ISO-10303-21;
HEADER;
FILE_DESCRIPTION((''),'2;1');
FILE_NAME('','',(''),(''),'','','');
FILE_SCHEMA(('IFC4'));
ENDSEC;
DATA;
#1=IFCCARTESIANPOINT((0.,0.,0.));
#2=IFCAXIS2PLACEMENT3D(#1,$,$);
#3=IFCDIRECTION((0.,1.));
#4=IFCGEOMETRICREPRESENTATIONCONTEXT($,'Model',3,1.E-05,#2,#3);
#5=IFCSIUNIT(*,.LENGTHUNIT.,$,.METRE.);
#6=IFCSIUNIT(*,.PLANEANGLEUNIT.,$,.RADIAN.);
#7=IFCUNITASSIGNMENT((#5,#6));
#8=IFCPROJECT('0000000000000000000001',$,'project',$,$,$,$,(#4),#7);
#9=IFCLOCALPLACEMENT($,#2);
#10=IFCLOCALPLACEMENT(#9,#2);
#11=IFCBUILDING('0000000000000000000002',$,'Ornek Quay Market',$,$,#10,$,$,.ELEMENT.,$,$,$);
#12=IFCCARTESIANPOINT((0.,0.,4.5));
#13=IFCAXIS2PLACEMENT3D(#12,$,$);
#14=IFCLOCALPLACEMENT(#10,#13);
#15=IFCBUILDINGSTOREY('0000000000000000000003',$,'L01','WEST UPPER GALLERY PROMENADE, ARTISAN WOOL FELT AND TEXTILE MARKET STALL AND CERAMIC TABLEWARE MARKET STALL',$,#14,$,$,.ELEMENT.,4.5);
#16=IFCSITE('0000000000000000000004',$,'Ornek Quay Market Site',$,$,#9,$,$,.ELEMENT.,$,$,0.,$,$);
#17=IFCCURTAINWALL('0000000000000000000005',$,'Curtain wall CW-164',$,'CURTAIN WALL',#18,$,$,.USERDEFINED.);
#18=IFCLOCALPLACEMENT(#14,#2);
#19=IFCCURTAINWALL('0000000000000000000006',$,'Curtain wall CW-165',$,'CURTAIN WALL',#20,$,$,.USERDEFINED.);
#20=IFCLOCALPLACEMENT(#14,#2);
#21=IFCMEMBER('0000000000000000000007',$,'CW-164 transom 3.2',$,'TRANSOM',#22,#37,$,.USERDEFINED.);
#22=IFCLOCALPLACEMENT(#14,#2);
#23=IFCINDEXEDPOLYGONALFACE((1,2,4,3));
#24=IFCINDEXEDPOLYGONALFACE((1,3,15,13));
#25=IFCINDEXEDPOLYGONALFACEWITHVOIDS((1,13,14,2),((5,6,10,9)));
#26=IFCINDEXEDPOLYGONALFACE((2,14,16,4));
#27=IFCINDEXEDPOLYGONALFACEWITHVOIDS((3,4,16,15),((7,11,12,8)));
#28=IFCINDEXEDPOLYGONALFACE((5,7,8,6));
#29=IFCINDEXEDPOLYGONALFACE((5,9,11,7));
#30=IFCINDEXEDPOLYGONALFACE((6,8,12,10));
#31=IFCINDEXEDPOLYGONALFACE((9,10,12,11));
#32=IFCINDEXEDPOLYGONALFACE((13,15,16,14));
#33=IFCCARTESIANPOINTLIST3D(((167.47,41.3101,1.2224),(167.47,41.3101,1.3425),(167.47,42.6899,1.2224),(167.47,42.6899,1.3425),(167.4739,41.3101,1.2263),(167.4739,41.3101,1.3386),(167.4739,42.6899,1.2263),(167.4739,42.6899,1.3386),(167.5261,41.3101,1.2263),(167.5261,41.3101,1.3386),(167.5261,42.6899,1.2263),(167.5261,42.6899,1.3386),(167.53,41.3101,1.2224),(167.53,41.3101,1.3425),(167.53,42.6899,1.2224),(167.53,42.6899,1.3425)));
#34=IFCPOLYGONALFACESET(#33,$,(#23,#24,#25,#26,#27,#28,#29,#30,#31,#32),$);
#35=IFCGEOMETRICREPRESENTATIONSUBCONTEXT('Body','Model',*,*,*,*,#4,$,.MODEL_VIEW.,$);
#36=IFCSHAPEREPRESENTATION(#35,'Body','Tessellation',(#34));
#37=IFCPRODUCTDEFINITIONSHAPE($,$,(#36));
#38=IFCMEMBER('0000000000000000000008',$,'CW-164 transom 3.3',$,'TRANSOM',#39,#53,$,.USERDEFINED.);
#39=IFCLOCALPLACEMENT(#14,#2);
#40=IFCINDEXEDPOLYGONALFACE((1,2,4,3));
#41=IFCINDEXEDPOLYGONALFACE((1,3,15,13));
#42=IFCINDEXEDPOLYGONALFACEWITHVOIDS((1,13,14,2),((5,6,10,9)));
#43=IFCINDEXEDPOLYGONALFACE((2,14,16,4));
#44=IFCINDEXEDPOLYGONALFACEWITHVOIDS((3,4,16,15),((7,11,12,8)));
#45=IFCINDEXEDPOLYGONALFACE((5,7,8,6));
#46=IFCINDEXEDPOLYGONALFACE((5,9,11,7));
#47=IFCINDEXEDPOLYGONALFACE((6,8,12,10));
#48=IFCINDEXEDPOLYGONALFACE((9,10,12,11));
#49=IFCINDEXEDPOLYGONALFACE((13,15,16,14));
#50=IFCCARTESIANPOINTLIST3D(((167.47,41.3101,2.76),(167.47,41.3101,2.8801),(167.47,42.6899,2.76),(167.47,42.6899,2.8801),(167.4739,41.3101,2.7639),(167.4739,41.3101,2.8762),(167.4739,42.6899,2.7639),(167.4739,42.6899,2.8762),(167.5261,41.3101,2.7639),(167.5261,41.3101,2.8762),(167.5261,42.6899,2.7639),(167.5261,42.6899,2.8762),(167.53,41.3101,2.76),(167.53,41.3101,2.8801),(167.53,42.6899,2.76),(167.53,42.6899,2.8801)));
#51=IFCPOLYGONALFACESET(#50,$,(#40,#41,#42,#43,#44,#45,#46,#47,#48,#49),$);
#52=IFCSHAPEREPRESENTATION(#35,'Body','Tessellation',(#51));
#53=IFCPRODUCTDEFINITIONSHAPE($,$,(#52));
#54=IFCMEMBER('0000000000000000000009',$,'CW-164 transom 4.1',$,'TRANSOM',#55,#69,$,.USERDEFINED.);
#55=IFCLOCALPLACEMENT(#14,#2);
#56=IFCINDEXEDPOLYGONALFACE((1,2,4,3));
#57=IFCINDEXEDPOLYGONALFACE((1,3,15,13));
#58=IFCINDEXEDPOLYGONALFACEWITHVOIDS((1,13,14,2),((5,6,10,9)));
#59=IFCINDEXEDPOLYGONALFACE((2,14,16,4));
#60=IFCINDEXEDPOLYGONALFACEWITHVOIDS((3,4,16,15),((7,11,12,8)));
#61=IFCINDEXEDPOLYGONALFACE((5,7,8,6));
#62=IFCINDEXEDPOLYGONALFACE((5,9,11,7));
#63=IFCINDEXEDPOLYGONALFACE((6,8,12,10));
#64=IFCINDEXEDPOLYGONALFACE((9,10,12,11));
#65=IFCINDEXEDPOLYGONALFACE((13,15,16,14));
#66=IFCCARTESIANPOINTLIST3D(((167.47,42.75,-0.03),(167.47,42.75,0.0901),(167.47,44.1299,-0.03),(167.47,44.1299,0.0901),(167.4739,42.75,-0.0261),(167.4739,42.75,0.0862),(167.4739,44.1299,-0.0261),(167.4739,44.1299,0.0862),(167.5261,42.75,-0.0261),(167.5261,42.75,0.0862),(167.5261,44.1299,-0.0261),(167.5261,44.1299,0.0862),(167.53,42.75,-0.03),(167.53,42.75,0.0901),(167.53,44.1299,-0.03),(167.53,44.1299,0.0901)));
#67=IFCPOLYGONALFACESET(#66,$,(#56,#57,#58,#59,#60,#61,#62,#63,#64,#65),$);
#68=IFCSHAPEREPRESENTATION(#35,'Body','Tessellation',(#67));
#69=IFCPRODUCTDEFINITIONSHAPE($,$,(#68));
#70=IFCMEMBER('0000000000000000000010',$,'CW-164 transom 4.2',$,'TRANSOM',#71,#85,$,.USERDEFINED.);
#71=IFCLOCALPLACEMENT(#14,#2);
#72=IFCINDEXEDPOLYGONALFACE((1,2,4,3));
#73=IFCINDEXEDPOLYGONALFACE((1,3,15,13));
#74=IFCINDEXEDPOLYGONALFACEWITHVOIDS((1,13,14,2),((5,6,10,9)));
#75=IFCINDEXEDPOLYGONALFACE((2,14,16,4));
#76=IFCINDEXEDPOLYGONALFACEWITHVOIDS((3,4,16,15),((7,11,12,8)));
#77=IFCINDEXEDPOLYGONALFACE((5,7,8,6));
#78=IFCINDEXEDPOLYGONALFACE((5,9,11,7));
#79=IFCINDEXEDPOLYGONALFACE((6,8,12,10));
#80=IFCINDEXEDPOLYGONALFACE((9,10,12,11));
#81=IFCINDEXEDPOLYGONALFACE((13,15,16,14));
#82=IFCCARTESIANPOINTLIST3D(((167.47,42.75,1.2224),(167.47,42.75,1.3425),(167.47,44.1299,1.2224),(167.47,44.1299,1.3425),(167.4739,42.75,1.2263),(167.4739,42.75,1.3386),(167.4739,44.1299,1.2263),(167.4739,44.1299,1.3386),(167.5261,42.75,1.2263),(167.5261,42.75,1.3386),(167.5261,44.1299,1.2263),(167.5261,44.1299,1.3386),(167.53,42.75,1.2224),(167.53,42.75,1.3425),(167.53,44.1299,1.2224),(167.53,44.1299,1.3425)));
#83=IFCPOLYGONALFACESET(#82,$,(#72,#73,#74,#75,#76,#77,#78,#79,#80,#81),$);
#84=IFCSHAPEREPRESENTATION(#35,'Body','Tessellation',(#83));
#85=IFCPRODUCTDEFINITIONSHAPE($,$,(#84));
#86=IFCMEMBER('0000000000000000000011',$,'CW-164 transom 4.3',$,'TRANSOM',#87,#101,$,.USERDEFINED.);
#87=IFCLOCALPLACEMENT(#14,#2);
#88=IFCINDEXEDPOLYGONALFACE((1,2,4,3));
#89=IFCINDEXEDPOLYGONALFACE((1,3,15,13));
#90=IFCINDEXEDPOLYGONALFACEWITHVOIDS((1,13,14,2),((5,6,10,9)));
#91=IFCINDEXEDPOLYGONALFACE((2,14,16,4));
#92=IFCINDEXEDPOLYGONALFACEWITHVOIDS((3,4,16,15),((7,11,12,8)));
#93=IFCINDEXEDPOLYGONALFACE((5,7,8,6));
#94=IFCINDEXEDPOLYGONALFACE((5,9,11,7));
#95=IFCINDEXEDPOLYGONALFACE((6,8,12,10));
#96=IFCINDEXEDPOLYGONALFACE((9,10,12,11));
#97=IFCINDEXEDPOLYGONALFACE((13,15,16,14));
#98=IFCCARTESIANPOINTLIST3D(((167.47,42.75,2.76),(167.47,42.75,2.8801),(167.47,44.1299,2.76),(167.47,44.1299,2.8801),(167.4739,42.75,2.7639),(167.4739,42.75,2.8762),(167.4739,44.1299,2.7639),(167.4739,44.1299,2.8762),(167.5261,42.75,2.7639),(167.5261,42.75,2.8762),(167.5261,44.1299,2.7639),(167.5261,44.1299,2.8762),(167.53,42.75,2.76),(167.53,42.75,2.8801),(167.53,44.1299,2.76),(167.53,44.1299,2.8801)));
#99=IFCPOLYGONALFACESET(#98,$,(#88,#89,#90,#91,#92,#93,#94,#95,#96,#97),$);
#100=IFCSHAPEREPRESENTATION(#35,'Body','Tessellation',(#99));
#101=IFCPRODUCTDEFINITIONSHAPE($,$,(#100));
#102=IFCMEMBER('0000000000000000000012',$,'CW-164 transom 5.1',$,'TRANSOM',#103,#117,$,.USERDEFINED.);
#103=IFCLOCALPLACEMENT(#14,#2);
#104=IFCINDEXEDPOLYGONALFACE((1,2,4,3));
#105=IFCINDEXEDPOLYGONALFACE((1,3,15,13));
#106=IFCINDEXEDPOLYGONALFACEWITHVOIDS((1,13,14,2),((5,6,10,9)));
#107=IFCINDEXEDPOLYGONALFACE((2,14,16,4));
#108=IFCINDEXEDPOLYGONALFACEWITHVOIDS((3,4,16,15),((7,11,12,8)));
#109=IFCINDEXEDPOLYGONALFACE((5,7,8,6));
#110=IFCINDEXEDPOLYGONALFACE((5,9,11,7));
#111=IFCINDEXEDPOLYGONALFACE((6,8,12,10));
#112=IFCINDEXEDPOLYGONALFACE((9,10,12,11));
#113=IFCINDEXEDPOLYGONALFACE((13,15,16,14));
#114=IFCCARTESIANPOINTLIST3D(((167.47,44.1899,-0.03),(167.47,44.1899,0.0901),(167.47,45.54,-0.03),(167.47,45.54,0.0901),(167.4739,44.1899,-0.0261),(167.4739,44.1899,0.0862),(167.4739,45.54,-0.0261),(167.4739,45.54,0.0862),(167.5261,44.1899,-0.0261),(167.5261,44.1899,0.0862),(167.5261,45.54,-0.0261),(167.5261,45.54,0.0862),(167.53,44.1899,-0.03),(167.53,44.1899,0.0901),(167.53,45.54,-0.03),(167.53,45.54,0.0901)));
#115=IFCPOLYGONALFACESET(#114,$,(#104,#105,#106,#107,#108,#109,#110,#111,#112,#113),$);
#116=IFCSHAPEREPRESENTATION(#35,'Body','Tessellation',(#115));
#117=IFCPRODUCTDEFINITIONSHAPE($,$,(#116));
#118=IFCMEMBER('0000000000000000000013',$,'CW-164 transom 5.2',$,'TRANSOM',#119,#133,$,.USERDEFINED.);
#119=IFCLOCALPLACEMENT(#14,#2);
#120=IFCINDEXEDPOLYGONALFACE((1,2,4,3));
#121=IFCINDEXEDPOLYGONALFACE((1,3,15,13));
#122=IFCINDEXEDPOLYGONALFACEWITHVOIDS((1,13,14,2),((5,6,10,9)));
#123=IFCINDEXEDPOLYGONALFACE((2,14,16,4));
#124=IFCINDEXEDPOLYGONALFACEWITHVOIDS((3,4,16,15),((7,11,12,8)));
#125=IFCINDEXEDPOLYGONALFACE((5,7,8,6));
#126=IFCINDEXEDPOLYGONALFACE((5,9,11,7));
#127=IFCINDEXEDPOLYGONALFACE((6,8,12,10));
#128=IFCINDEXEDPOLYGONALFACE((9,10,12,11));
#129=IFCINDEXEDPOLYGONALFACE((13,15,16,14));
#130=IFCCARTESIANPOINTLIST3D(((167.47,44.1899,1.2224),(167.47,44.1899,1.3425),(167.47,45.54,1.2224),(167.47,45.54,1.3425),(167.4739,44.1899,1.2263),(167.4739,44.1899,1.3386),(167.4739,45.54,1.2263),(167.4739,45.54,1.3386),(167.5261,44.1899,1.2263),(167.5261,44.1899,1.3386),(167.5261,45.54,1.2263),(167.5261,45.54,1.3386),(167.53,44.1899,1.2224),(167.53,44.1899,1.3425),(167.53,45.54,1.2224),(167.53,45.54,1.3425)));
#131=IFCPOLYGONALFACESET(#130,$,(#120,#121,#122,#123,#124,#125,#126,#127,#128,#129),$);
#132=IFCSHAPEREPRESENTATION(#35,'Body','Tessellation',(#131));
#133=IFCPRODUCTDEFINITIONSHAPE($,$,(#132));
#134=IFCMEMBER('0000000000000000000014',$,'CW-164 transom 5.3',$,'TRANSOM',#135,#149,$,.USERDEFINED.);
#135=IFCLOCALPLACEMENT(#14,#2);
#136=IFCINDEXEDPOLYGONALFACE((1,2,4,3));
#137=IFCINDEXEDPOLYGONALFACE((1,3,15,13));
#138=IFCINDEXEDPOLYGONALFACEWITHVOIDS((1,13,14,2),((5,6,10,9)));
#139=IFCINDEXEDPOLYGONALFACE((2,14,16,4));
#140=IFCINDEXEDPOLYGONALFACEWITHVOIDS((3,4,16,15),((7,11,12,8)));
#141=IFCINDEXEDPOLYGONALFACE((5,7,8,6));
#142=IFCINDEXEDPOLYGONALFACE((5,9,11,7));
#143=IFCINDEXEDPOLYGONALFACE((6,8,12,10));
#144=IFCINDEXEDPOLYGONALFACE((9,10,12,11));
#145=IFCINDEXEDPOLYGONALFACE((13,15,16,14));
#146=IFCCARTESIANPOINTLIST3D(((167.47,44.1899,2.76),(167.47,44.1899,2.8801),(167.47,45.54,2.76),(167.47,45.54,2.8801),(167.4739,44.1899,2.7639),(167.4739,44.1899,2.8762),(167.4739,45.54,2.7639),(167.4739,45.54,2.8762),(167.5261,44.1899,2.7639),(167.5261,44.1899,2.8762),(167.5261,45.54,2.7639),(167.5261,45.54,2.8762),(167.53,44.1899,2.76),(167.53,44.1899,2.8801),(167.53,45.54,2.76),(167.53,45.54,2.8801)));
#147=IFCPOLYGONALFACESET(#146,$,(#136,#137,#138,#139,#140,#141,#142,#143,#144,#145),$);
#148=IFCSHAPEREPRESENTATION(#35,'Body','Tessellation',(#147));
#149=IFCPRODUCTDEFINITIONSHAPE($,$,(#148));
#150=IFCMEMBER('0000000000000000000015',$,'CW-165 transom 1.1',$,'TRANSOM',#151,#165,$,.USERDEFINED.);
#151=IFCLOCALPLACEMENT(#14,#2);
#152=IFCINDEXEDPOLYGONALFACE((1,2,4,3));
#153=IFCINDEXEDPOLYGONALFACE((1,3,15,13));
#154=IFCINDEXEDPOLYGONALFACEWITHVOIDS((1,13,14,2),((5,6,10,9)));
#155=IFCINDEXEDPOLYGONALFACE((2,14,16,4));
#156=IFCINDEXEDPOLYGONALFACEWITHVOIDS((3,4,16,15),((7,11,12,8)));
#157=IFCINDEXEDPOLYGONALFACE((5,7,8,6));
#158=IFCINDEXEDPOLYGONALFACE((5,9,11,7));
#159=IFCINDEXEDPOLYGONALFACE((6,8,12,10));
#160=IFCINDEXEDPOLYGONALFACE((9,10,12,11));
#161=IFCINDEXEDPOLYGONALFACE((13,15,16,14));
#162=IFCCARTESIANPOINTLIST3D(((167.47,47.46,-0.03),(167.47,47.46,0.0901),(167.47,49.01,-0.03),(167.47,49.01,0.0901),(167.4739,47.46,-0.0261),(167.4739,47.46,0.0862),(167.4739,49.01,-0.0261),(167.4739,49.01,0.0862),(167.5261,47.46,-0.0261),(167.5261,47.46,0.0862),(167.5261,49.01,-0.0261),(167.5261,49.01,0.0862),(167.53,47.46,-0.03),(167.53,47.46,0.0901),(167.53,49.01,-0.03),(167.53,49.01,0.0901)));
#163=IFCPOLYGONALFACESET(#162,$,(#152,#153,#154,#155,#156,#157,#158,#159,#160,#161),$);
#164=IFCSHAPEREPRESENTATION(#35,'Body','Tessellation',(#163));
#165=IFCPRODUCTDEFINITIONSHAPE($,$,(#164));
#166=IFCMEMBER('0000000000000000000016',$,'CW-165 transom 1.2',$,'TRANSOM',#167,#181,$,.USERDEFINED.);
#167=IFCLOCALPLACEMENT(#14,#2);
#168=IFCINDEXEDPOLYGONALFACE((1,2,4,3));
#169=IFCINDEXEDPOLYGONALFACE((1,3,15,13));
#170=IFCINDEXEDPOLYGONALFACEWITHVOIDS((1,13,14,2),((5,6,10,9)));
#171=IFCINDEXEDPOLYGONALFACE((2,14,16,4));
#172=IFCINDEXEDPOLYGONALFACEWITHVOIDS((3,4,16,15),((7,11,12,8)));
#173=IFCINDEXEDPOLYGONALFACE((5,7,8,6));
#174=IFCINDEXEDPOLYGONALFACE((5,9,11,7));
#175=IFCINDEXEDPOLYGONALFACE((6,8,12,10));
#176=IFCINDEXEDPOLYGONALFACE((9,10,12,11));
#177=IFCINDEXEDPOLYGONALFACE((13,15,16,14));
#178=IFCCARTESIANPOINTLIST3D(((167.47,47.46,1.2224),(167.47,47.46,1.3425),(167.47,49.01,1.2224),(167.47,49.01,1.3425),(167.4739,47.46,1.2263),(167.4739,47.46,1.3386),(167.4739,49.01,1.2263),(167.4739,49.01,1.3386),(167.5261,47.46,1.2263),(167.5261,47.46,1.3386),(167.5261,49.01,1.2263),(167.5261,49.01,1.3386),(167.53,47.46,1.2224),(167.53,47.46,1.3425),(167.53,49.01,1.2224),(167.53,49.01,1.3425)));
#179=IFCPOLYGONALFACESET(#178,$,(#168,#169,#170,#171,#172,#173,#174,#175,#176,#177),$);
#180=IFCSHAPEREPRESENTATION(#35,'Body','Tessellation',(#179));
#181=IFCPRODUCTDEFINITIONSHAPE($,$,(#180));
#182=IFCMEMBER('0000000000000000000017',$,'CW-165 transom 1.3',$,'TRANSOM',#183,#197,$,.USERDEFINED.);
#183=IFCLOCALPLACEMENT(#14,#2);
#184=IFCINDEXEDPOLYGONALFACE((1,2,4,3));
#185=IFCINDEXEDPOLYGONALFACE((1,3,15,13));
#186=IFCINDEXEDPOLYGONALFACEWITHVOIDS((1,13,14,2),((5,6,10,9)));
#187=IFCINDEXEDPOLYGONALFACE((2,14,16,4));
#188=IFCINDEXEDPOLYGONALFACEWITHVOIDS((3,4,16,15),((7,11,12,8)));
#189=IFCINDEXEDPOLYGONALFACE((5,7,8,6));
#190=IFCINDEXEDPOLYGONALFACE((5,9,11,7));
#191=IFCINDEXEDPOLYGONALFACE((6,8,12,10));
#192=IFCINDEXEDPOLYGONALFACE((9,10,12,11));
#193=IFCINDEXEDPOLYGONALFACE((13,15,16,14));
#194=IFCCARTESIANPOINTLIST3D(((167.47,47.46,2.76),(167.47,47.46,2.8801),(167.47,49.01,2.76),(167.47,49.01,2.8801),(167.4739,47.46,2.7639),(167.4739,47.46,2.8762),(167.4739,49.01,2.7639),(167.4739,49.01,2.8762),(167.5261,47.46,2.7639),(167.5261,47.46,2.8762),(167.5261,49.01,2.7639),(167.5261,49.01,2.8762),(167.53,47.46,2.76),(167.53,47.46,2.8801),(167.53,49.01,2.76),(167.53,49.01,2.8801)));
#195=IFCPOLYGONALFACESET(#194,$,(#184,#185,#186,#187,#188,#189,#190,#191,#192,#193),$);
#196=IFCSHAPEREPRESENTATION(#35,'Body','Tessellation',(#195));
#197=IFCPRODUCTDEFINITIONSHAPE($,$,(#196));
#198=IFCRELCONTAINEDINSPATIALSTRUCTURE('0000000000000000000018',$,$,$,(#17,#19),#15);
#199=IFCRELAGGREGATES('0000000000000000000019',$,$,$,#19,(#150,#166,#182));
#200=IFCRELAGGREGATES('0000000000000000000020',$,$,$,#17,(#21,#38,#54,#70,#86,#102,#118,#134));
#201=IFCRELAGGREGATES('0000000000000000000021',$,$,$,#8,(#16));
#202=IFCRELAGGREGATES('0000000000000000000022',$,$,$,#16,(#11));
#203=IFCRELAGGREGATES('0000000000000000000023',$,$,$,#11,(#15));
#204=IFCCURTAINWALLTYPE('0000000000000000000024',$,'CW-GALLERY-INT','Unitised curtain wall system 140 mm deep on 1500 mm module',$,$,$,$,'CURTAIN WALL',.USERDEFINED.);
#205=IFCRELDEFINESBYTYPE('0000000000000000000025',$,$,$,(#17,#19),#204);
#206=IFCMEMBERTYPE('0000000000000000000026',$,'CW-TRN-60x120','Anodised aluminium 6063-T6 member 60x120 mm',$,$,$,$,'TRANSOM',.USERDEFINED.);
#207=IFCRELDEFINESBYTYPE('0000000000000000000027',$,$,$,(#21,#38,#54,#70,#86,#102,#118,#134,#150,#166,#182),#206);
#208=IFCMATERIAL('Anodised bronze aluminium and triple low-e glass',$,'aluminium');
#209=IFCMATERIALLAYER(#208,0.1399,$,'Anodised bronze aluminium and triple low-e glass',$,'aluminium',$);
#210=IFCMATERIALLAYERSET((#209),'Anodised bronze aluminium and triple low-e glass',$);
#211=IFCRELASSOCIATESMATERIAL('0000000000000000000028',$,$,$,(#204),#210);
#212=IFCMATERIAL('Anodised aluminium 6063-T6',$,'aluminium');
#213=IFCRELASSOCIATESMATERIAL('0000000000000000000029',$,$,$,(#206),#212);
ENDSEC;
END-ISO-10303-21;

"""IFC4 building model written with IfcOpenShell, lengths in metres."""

from ifc_helpers import new_model, si_unit, direction, frame, origin, origin_2d, place, context, subcontext, project, spatial, hollow_rectangle, extrude, material, layer, layer_set, material_profile, profile_set, type_object, element, aggregate, save


model = new_model("IFC4")

# Units and contexts
model_context = context("Model", 3, precision=1e-05, world=origin(), true_north=direction((0.0, 1.0)))
body_context = subcontext(model_context, "Body", "Model", "MODEL_VIEW")
ifc_project = project(units=[si_unit("LENGTHUNIT", "METRE"), si_unit("PLANEANGLEUNIT", "RADIAN")], contexts=[model_context])

# Site, building, storey
site_placement = place(None, origin())
site = spatial("IfcSite", under=ifc_project, at=site_placement, Name="Ornek Quay Market Site", CompositionType="ELEMENT", RefElevation=0.0)
building_placement = place(site_placement, origin())
building = spatial("IfcBuilding", under=site, at=building_placement, Name="Ornek Quay Market", CompositionType="ELEMENT")
storey_placement = place(building_placement, frame((0.0, 0.0, 4.5)))
storey = spatial("IfcBuildingStorey", under=building, at=storey_placement, Name="L01", Description="WEST UPPER GALLERY PROMENADE, ARTISAN WOOL FELT AND TEXTILE MARKET STALL AND CERAMIC TABLEWARE MARKET STALL", CompositionType="ELEMENT", Elevation=4.5)

# Curtain wall
ifc_material_1 = material(Name="Anodised bronze aluminium and triple low-e glass", Category="aluminium")
ifc_layer_1 = layer(ifc_material_1, 0.1399, Name="Anodised bronze aluminium and triple low-e glass", Category="aluminium")
ifc_layer_set_1 = layer_set([ifc_layer_1], Name="Anodised bronze aluminium and triple low-e glass")
curtain_wall_type = type_object("IfcCurtainWallType", Name="CW-GALLERY-INT", Description="Unitised curtain wall system 140 mm deep on 1500 mm module", ElementType="CURTAIN WALL", PredefinedType="USERDEFINED", material=ifc_layer_set_1)
curtain_wall_1_placement = place(storey_placement, origin())
curtain_wall_1 = element("IfcCurtainWall", 1, at=curtain_wall_1_placement, inside=storey, type_object=curtain_wall_type, Name="Curtain wall CW-164", ObjectType="CURTAIN WALL", PredefinedType="USERDEFINED")
ifc_material_2 = material(Name="Anodised aluminium 6063-T6", Category="aluminium")

# Curtain wall
curtain_wall_2_placement = place(storey_placement, origin())
curtain_wall_2 = element("IfcCurtainWall", 2, at=curtain_wall_2_placement, inside=storey, type_object=curtain_wall_type, Name="Curtain wall CW-165", ObjectType="CURTAIN WALL", PredefinedType="USERDEFINED")

# Members
ifc_material_profile_1 = material_profile(ifc_material_2, hollow_rectangle(XDim=0.0601, YDim=0.1201, WallThickness=0.0039, at=origin_2d()), Name="CW-TRN-60x120", Category="aluminium")
ifc_profile_set_1 = profile_set([ifc_material_profile_1], Name="Anodised aluminium 6063-T6")
member_type_1 = type_object("IfcMemberType", Name="CW-TRN-60x120", Description="Anodised aluminium 6063-T6 member 60x120 mm", ElementType="TRANSOM", PredefinedType="USERDEFINED", material=ifc_profile_set_1)
member_1_placement = place(storey_placement, frame((167.5, 41.3101, 1.2825), z_axis=(0.0, 1.0, 0.0), x_axis=(-1.0, 0.0, 0.0)))
member_1 = element("IfcMember", 3, at=member_1_placement, type_object=member_type_1, Name="CW-164 transom 3.2", ObjectType="TRANSOM", PredefinedType="USERDEFINED", context=body_context, shape_type="SweptSolid", body=[
    extrude(hollow_rectangle(XDim=0.0601, YDim=0.1201, WallThickness=0.0039, at=origin_2d()), origin(), (0.0, 0.0, 1.0), 1.3799),
])
member_2_placement = place(storey_placement, frame((167.5, 41.3101, 2.8201), z_axis=(0.0, 1.0, 0.0), x_axis=(-1.0, 0.0, 0.0)))
member_2 = element("IfcMember", 4, at=member_2_placement, type_object=member_type_1, Name="CW-164 transom 3.3", ObjectType="TRANSOM", PredefinedType="USERDEFINED", context=body_context, shape_type="SweptSolid", body=[
    extrude(hollow_rectangle(XDim=0.0601, YDim=0.1201, WallThickness=0.0039, at=origin_2d()), origin(), (0.0, 0.0, 1.0), 1.3799),
])
member_3_placement = place(storey_placement, frame((167.5, 42.75, 0.03), z_axis=(0.0, 1.0, 0.0), x_axis=(-1.0, 0.0, 0.0)))
member_3 = element("IfcMember", 5, at=member_3_placement, type_object=member_type_1, Name="CW-164 transom 4.1", ObjectType="TRANSOM", PredefinedType="USERDEFINED", context=body_context, shape_type="SweptSolid", body=[
    extrude(hollow_rectangle(XDim=0.0601, YDim=0.1201, WallThickness=0.0039, at=origin_2d()), origin(), (0.0, 0.0, 1.0), 1.3799),
])
member_4_placement = place(storey_placement, frame((167.5, 42.75, 1.2825), z_axis=(0.0, 1.0, 0.0), x_axis=(-1.0, 0.0, 0.0)))
member_4 = element("IfcMember", 6, at=member_4_placement, type_object=member_type_1, Name="CW-164 transom 4.2", ObjectType="TRANSOM", PredefinedType="USERDEFINED", context=body_context, shape_type="SweptSolid", body=[
    extrude(hollow_rectangle(XDim=0.0601, YDim=0.1201, WallThickness=0.0039, at=origin_2d()), origin(), (0.0, 0.0, 1.0), 1.3799),
])
member_5_placement = place(storey_placement, frame((167.5, 42.75, 2.8201), z_axis=(0.0, 1.0, 0.0), x_axis=(-1.0, 0.0, 0.0)))
member_5 = element("IfcMember", 7, at=member_5_placement, type_object=member_type_1, Name="CW-164 transom 4.3", ObjectType="TRANSOM", PredefinedType="USERDEFINED", context=body_context, shape_type="SweptSolid", body=[
    extrude(hollow_rectangle(XDim=0.0601, YDim=0.1201, WallThickness=0.0039, at=origin_2d()), origin(), (0.0, 0.0, 1.0), 1.3799),
])
member_6_placement = place(storey_placement, frame((167.5, 44.1899, 0.03), z_axis=(0.0, 1.0, 0.0), x_axis=(-1.0, 0.0, 0.0)))
member_6 = element("IfcMember", 8, at=member_6_placement, type_object=member_type_1, Name="CW-164 transom 5.1", ObjectType="TRANSOM", PredefinedType="USERDEFINED", context=body_context, shape_type="SweptSolid", body=[
    extrude(hollow_rectangle(XDim=0.0601, YDim=0.1201, WallThickness=0.0039, at=origin_2d()), origin(), (0.0, 0.0, 1.0), 1.3501),
])
member_7_placement = place(storey_placement, frame((167.5, 44.1899, 1.2825), z_axis=(0.0, 1.0, 0.0), x_axis=(-1.0, 0.0, 0.0)))
member_7 = element("IfcMember", 9, at=member_7_placement, type_object=member_type_1, Name="CW-164 transom 5.2", ObjectType="TRANSOM", PredefinedType="USERDEFINED", context=body_context, shape_type="SweptSolid", body=[
    extrude(hollow_rectangle(XDim=0.0601, YDim=0.1201, WallThickness=0.0039, at=origin_2d()), origin(), (0.0, 0.0, 1.0), 1.3501),
])
member_8_placement = place(storey_placement, frame((167.5, 44.1899, 2.8201), z_axis=(0.0, 1.0, 0.0), x_axis=(-1.0, 0.0, 0.0)))
member_8 = element("IfcMember", 10, at=member_8_placement, type_object=member_type_1, Name="CW-164 transom 5.3", ObjectType="TRANSOM", PredefinedType="USERDEFINED", context=body_context, shape_type="SweptSolid", body=[
    extrude(hollow_rectangle(XDim=0.0601, YDim=0.1201, WallThickness=0.0039, at=origin_2d()), origin(), (0.0, 0.0, 1.0), 1.3501),
])
member_9_placement = place(storey_placement, frame((167.5, 47.46, 0.03), z_axis=(0.0, 1.0, 0.0), x_axis=(-1.0, 0.0, 0.0)))
member_9 = element("IfcMember", 11, at=member_9_placement, type_object=member_type_1, Name="CW-165 transom 1.1", ObjectType="TRANSOM", PredefinedType="USERDEFINED", context=body_context, shape_type="SweptSolid", body=[
    extrude(hollow_rectangle(XDim=0.0601, YDim=0.1201, WallThickness=0.0039, at=origin_2d()), origin(), (0.0, 0.0, 1.0), 1.55),
])
member_10_placement = place(storey_placement, frame((167.5, 47.46, 1.2825), z_axis=(0.0, 1.0, 0.0), x_axis=(-1.0, 0.0, 0.0)))
member_10 = element("IfcMember", 12, at=member_10_placement, type_object=member_type_1, Name="CW-165 transom 1.2", ObjectType="TRANSOM", PredefinedType="USERDEFINED", context=body_context, shape_type="SweptSolid", body=[
    extrude(hollow_rectangle(XDim=0.0601, YDim=0.1201, WallThickness=0.0039, at=origin_2d()), origin(), (0.0, 0.0, 1.0), 1.55),
])
member_11_placement = place(storey_placement, frame((167.5, 47.46, 2.8201), z_axis=(0.0, 1.0, 0.0), x_axis=(-1.0, 0.0, 0.0)))
member_11 = element("IfcMember", 13, at=member_11_placement, type_object=member_type_1, Name="CW-165 transom 1.3", ObjectType="TRANSOM", PredefinedType="USERDEFINED", context=body_context, shape_type="SweptSolid", body=[
    extrude(hollow_rectangle(XDim=0.0601, YDim=0.1201, WallThickness=0.0039, at=origin_2d()), origin(), (0.0, 0.0, 1.0), 1.55),
])
aggregate(curtain_wall_2, [member_9, member_10, member_11])

aggregate(curtain_wall_1, [member_1, member_2, member_3, member_4, member_5, member_6, member_7, member_8])

save(model, "model.ifc")
